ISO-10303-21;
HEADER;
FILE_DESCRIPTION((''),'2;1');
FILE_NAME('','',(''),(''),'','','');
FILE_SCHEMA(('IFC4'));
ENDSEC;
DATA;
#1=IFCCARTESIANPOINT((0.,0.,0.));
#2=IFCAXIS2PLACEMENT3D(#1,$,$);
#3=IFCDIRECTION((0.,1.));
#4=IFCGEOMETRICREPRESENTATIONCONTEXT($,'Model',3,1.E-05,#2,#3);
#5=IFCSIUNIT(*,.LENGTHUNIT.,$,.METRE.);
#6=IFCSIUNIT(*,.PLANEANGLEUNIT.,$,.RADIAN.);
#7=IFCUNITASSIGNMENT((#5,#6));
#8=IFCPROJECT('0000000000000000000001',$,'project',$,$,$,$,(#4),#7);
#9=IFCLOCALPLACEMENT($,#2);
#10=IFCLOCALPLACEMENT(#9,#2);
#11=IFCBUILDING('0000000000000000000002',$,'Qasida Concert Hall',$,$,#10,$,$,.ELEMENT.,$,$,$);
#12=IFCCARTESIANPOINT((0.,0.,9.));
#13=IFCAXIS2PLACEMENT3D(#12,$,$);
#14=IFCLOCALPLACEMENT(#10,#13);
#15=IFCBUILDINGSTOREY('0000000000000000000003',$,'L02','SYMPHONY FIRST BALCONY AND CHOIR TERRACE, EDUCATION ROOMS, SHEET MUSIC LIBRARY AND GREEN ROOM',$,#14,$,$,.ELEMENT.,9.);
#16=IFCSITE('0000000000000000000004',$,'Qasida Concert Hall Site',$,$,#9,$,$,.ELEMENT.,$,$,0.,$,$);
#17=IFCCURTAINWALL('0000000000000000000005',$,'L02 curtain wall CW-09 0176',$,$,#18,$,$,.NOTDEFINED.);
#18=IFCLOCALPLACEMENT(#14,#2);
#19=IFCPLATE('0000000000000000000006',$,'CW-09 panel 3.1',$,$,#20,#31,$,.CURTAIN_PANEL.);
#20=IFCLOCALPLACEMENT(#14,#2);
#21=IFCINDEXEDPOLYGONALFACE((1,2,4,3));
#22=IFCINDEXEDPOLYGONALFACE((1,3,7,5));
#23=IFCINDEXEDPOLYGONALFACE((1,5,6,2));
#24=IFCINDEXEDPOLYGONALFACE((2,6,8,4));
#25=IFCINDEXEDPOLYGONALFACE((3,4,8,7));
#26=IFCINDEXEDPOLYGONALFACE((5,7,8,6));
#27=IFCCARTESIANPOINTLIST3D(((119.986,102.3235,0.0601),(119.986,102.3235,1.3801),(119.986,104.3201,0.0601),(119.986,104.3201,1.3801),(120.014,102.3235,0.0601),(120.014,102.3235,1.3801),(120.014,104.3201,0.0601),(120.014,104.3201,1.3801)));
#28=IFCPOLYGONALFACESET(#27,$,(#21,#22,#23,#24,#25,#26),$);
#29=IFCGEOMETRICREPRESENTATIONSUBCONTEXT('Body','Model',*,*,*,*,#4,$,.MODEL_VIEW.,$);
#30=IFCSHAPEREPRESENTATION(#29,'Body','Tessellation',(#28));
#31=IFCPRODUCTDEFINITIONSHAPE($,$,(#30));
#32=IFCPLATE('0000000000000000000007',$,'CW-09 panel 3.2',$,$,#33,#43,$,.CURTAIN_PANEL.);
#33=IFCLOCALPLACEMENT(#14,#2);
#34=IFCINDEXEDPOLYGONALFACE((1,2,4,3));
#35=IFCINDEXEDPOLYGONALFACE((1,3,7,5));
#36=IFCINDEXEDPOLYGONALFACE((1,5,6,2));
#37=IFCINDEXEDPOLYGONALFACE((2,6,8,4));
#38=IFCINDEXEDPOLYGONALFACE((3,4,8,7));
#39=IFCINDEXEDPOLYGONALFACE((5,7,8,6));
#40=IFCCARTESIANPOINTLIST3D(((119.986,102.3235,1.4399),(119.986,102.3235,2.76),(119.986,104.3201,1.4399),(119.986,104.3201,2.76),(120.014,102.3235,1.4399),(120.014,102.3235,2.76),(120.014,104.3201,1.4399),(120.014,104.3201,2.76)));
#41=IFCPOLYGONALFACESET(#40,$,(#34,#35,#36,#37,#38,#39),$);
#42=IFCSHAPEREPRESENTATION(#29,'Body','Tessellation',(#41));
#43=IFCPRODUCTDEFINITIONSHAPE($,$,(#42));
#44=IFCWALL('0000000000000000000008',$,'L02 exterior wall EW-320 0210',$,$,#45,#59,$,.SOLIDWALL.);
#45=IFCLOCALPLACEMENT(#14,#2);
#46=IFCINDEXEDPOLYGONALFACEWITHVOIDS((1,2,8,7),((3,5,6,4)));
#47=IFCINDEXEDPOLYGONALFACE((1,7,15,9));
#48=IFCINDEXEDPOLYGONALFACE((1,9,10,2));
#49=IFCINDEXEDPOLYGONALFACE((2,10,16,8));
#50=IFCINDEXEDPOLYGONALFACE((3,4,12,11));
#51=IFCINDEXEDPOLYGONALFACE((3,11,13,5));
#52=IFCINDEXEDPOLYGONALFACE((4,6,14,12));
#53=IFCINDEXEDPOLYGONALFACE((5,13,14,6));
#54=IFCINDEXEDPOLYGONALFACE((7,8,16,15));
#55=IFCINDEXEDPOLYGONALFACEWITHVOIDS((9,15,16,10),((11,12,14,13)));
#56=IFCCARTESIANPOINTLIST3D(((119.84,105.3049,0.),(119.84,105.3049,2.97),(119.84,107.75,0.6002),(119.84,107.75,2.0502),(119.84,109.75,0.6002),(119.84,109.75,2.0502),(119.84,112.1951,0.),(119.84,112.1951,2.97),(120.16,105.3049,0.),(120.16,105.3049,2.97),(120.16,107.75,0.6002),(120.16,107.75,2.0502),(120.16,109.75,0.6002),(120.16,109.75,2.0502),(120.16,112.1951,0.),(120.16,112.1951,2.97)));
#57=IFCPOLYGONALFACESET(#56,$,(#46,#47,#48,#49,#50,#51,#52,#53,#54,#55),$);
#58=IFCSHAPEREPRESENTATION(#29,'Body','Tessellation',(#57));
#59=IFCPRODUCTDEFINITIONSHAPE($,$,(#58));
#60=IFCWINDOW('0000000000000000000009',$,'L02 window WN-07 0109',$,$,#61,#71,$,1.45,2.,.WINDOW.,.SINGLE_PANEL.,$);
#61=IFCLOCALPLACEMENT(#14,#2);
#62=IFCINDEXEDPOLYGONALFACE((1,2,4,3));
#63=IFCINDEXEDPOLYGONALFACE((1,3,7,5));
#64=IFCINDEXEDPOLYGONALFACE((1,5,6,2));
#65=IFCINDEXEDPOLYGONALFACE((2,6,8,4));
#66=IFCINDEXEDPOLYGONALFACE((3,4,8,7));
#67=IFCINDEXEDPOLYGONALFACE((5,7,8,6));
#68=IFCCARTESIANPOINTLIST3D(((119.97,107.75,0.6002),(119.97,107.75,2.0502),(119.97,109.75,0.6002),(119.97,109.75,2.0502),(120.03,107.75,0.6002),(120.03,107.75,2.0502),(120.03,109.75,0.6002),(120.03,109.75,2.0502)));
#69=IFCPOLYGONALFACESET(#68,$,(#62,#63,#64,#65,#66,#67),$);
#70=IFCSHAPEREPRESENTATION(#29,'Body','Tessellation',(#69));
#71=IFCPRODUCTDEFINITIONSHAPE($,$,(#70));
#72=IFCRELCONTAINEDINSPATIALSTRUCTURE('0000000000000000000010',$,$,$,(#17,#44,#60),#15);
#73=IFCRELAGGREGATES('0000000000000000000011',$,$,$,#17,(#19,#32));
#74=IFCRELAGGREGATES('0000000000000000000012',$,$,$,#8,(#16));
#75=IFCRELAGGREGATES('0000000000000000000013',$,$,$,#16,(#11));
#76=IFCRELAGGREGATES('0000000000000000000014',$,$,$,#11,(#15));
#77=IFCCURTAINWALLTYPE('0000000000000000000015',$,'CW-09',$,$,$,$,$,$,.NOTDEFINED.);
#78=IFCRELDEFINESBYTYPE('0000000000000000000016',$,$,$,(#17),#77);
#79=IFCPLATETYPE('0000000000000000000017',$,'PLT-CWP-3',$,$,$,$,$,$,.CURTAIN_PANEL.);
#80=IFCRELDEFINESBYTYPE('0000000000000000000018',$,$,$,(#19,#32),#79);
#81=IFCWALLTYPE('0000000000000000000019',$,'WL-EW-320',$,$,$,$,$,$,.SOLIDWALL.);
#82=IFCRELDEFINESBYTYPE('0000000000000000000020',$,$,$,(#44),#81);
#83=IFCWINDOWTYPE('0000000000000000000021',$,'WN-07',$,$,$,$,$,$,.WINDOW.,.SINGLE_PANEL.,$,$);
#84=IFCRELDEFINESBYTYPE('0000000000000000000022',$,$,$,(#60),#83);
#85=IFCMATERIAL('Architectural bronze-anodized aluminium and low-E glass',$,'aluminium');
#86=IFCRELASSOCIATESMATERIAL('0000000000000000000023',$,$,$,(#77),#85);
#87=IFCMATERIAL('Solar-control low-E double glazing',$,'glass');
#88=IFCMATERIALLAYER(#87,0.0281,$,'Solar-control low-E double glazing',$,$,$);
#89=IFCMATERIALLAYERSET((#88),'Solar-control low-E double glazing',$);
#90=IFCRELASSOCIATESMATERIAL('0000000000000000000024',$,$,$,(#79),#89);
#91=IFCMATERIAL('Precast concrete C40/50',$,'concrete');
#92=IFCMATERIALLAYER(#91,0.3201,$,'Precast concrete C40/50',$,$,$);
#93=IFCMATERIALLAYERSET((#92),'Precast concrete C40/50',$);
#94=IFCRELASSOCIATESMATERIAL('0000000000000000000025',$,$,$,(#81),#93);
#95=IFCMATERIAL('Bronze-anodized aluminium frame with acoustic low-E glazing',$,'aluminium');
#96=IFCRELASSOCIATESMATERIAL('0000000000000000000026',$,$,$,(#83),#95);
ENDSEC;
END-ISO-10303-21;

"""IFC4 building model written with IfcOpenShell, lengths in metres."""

from ifc_helpers import new_model, si_unit, direction, frame, frame_2d, origin, origin_2d, place, context, subcontext, project, spatial, rectangle, extrude, material, layer, layer_set, type_object, element, fill, aggregate, save


model = new_model("IFC4")

# Units and contexts
model_context = context("Model", 3, precision=1e-05, world=origin(), true_north=direction((0.0, 1.0)))
body_context = subcontext(model_context, "Body", "Model", "MODEL_VIEW")
ifc_project = project(units=[si_unit("LENGTHUNIT", "METRE"), si_unit("PLANEANGLEUNIT", "RADIAN")], contexts=[model_context])

# Site, building, storey
site_placement = place(None, origin())
site = spatial("IfcSite", under=ifc_project, at=site_placement, Name="Qasida Concert Hall Site", CompositionType="ELEMENT", RefElevation=0.0)
building_placement = place(site_placement, origin())
building = spatial("IfcBuilding", under=site, at=building_placement, Name="Qasida Concert Hall", CompositionType="ELEMENT")
storey_placement = place(building_placement, frame((0.0, 0.0, 9.0)))
storey = spatial("IfcBuildingStorey", under=building, at=storey_placement, Name="L02", Description="SYMPHONY FIRST BALCONY AND CHOIR TERRACE, EDUCATION ROOMS, SHEET MUSIC LIBRARY AND GREEN ROOM", CompositionType="ELEMENT", Elevation=9.0)

# Shared definitions
ifc_material_1 = material(Name="Architectural bronze-anodized aluminium and low-E glass", Category="aluminium")

# Curtain wall
curtain_wall_type_1 = type_object("IfcCurtainWallType", Name="CW-09", PredefinedType="NOTDEFINED", material=ifc_material_1)
curtain_wall_1_placement = place(storey_placement, origin())
curtain_wall_1 = element("IfcCurtainWall", 1, at=curtain_wall_1_placement, inside=storey, type_object=curtain_wall_type_1, Name="L02 curtain wall CW-09 0176", PredefinedType="NOTDEFINED")

# Plates
ifc_material_2 = material(Name="Solar-control low-E double glazing", Category="glass")
ifc_layer_1 = layer(ifc_material_2, 0.0281, Name="Solar-control low-E double glazing")
ifc_layer_set_1 = layer_set([ifc_layer_1], Name="Solar-control low-E double glazing")
plate_type_1 = type_object("IfcPlateType", Name="PLT-CWP-3", PredefinedType="CURTAIN_PANEL", material=ifc_layer_set_1)
plate_1_placement = place(storey_placement, frame((120.0, 103.3218, 0.0601), z_axis=(0.0, 0.0, 1.0), x_axis=(0.0, 1.0, 0.0)))
plate_1 = element("IfcPlate", 2, at=plate_1_placement, type_object=plate_type_1, Name="CW-09 panel 3.1", PredefinedType="CURTAIN_PANEL", context=body_context, shape_type="SweptSolid", body=[
    extrude(rectangle(XDim=1.9966, YDim=0.0281, at=origin_2d()), origin(), (0.0, 0.0, 1.0), 1.3201),
])
plate_2_placement = place(storey_placement, frame((120.0, 103.3218, 1.4399), z_axis=(0.0, 0.0, 1.0), x_axis=(0.0, 1.0, 0.0)))
plate_2 = element("IfcPlate", 3, at=plate_2_placement, type_object=plate_type_1, Name="CW-09 panel 3.2", PredefinedType="CURTAIN_PANEL", context=body_context, shape_type="SweptSolid", body=[
    extrude(rectangle(XDim=1.9966, YDim=0.0281, at=origin_2d()), origin(), (0.0, 0.0, 1.0), 1.3201),
])
aggregate(curtain_wall_1, [plate_1, plate_2])

# Wall, opening, window
ifc_material_3 = material(Name="Precast concrete C40/50", Category="concrete")
ifc_layer_2 = layer(ifc_material_3, 0.3201, Name="Precast concrete C40/50")
ifc_layer_set_2 = layer_set([ifc_layer_2], Name="Precast concrete C40/50")
wall_type = type_object("IfcWallType", Name="WL-EW-320", PredefinedType="SOLIDWALL", material=ifc_layer_set_2)
wall_placement = place(storey_placement, frame((120.0, 105.3049, 0.0), z_axis=(0.0, 0.0, 1.0), x_axis=(0.0, 1.0, 0.0)))
wall = element("IfcWall", 4, at=wall_placement, inside=storey, type_object=wall_type, Name="L02 exterior wall EW-320 0210", PredefinedType="SOLIDWALL", context=body_context, shape_type="SweptSolid", body=[
    extrude(rectangle(XDim=6.8901, YDim=0.3201, at=frame_2d((3.4451, 0.0))), origin(), (0.0, 0.0, 1.0), 2.97),
])
opening_placement = place(wall_placement, frame((2.4451, 0.0, 0.6001)))
opening = element("IfcOpeningElement", 5, at=opening_placement, cuts=wall, PredefinedType="OPENING", context=body_context, shape_type="SweptSolid", body=[
    extrude(rectangle(XDim=2.0, YDim=1.45, at=frame_2d((1.0, 0.7251))), frame((0.0, 0.1699, 0.0), z_axis=(0.0, -1.0, 0.0), x_axis=(1.0, 0.0, 0.0)), (0.0, 0.0, 1.0), 0.3401),
])
ifc_material_4 = material(Name="Bronze-anodized aluminium frame with acoustic low-E glazing", Category="aluminium")
window_type = type_object("IfcWindowType", Name="WN-07", PartitioningType="SINGLE_PANEL", PredefinedType="WINDOW", material=ifc_material_4)
window_placement = place(opening_placement, origin())
window = element("IfcWindow", 6, at=window_placement, inside=storey, type_object=window_type, Name="L02 window WN-07 0109", OverallHeight=1.45, OverallWidth=2.0, PartitioningType="SINGLE_PANEL", PredefinedType="WINDOW", context=body_context, shape_type="SweptSolid", body=[
    extrude(rectangle(XDim=2.0, YDim=1.45, at=frame_2d((1.0, 0.7251))), frame((0.0, 0.03, 0.0), z_axis=(0.0, -1.0, 0.0), x_axis=(1.0, 0.0, 0.0)), (0.0, 0.0, 1.0), 0.0601),
])
fill(opening, window)

save(model, "model.ifc")
